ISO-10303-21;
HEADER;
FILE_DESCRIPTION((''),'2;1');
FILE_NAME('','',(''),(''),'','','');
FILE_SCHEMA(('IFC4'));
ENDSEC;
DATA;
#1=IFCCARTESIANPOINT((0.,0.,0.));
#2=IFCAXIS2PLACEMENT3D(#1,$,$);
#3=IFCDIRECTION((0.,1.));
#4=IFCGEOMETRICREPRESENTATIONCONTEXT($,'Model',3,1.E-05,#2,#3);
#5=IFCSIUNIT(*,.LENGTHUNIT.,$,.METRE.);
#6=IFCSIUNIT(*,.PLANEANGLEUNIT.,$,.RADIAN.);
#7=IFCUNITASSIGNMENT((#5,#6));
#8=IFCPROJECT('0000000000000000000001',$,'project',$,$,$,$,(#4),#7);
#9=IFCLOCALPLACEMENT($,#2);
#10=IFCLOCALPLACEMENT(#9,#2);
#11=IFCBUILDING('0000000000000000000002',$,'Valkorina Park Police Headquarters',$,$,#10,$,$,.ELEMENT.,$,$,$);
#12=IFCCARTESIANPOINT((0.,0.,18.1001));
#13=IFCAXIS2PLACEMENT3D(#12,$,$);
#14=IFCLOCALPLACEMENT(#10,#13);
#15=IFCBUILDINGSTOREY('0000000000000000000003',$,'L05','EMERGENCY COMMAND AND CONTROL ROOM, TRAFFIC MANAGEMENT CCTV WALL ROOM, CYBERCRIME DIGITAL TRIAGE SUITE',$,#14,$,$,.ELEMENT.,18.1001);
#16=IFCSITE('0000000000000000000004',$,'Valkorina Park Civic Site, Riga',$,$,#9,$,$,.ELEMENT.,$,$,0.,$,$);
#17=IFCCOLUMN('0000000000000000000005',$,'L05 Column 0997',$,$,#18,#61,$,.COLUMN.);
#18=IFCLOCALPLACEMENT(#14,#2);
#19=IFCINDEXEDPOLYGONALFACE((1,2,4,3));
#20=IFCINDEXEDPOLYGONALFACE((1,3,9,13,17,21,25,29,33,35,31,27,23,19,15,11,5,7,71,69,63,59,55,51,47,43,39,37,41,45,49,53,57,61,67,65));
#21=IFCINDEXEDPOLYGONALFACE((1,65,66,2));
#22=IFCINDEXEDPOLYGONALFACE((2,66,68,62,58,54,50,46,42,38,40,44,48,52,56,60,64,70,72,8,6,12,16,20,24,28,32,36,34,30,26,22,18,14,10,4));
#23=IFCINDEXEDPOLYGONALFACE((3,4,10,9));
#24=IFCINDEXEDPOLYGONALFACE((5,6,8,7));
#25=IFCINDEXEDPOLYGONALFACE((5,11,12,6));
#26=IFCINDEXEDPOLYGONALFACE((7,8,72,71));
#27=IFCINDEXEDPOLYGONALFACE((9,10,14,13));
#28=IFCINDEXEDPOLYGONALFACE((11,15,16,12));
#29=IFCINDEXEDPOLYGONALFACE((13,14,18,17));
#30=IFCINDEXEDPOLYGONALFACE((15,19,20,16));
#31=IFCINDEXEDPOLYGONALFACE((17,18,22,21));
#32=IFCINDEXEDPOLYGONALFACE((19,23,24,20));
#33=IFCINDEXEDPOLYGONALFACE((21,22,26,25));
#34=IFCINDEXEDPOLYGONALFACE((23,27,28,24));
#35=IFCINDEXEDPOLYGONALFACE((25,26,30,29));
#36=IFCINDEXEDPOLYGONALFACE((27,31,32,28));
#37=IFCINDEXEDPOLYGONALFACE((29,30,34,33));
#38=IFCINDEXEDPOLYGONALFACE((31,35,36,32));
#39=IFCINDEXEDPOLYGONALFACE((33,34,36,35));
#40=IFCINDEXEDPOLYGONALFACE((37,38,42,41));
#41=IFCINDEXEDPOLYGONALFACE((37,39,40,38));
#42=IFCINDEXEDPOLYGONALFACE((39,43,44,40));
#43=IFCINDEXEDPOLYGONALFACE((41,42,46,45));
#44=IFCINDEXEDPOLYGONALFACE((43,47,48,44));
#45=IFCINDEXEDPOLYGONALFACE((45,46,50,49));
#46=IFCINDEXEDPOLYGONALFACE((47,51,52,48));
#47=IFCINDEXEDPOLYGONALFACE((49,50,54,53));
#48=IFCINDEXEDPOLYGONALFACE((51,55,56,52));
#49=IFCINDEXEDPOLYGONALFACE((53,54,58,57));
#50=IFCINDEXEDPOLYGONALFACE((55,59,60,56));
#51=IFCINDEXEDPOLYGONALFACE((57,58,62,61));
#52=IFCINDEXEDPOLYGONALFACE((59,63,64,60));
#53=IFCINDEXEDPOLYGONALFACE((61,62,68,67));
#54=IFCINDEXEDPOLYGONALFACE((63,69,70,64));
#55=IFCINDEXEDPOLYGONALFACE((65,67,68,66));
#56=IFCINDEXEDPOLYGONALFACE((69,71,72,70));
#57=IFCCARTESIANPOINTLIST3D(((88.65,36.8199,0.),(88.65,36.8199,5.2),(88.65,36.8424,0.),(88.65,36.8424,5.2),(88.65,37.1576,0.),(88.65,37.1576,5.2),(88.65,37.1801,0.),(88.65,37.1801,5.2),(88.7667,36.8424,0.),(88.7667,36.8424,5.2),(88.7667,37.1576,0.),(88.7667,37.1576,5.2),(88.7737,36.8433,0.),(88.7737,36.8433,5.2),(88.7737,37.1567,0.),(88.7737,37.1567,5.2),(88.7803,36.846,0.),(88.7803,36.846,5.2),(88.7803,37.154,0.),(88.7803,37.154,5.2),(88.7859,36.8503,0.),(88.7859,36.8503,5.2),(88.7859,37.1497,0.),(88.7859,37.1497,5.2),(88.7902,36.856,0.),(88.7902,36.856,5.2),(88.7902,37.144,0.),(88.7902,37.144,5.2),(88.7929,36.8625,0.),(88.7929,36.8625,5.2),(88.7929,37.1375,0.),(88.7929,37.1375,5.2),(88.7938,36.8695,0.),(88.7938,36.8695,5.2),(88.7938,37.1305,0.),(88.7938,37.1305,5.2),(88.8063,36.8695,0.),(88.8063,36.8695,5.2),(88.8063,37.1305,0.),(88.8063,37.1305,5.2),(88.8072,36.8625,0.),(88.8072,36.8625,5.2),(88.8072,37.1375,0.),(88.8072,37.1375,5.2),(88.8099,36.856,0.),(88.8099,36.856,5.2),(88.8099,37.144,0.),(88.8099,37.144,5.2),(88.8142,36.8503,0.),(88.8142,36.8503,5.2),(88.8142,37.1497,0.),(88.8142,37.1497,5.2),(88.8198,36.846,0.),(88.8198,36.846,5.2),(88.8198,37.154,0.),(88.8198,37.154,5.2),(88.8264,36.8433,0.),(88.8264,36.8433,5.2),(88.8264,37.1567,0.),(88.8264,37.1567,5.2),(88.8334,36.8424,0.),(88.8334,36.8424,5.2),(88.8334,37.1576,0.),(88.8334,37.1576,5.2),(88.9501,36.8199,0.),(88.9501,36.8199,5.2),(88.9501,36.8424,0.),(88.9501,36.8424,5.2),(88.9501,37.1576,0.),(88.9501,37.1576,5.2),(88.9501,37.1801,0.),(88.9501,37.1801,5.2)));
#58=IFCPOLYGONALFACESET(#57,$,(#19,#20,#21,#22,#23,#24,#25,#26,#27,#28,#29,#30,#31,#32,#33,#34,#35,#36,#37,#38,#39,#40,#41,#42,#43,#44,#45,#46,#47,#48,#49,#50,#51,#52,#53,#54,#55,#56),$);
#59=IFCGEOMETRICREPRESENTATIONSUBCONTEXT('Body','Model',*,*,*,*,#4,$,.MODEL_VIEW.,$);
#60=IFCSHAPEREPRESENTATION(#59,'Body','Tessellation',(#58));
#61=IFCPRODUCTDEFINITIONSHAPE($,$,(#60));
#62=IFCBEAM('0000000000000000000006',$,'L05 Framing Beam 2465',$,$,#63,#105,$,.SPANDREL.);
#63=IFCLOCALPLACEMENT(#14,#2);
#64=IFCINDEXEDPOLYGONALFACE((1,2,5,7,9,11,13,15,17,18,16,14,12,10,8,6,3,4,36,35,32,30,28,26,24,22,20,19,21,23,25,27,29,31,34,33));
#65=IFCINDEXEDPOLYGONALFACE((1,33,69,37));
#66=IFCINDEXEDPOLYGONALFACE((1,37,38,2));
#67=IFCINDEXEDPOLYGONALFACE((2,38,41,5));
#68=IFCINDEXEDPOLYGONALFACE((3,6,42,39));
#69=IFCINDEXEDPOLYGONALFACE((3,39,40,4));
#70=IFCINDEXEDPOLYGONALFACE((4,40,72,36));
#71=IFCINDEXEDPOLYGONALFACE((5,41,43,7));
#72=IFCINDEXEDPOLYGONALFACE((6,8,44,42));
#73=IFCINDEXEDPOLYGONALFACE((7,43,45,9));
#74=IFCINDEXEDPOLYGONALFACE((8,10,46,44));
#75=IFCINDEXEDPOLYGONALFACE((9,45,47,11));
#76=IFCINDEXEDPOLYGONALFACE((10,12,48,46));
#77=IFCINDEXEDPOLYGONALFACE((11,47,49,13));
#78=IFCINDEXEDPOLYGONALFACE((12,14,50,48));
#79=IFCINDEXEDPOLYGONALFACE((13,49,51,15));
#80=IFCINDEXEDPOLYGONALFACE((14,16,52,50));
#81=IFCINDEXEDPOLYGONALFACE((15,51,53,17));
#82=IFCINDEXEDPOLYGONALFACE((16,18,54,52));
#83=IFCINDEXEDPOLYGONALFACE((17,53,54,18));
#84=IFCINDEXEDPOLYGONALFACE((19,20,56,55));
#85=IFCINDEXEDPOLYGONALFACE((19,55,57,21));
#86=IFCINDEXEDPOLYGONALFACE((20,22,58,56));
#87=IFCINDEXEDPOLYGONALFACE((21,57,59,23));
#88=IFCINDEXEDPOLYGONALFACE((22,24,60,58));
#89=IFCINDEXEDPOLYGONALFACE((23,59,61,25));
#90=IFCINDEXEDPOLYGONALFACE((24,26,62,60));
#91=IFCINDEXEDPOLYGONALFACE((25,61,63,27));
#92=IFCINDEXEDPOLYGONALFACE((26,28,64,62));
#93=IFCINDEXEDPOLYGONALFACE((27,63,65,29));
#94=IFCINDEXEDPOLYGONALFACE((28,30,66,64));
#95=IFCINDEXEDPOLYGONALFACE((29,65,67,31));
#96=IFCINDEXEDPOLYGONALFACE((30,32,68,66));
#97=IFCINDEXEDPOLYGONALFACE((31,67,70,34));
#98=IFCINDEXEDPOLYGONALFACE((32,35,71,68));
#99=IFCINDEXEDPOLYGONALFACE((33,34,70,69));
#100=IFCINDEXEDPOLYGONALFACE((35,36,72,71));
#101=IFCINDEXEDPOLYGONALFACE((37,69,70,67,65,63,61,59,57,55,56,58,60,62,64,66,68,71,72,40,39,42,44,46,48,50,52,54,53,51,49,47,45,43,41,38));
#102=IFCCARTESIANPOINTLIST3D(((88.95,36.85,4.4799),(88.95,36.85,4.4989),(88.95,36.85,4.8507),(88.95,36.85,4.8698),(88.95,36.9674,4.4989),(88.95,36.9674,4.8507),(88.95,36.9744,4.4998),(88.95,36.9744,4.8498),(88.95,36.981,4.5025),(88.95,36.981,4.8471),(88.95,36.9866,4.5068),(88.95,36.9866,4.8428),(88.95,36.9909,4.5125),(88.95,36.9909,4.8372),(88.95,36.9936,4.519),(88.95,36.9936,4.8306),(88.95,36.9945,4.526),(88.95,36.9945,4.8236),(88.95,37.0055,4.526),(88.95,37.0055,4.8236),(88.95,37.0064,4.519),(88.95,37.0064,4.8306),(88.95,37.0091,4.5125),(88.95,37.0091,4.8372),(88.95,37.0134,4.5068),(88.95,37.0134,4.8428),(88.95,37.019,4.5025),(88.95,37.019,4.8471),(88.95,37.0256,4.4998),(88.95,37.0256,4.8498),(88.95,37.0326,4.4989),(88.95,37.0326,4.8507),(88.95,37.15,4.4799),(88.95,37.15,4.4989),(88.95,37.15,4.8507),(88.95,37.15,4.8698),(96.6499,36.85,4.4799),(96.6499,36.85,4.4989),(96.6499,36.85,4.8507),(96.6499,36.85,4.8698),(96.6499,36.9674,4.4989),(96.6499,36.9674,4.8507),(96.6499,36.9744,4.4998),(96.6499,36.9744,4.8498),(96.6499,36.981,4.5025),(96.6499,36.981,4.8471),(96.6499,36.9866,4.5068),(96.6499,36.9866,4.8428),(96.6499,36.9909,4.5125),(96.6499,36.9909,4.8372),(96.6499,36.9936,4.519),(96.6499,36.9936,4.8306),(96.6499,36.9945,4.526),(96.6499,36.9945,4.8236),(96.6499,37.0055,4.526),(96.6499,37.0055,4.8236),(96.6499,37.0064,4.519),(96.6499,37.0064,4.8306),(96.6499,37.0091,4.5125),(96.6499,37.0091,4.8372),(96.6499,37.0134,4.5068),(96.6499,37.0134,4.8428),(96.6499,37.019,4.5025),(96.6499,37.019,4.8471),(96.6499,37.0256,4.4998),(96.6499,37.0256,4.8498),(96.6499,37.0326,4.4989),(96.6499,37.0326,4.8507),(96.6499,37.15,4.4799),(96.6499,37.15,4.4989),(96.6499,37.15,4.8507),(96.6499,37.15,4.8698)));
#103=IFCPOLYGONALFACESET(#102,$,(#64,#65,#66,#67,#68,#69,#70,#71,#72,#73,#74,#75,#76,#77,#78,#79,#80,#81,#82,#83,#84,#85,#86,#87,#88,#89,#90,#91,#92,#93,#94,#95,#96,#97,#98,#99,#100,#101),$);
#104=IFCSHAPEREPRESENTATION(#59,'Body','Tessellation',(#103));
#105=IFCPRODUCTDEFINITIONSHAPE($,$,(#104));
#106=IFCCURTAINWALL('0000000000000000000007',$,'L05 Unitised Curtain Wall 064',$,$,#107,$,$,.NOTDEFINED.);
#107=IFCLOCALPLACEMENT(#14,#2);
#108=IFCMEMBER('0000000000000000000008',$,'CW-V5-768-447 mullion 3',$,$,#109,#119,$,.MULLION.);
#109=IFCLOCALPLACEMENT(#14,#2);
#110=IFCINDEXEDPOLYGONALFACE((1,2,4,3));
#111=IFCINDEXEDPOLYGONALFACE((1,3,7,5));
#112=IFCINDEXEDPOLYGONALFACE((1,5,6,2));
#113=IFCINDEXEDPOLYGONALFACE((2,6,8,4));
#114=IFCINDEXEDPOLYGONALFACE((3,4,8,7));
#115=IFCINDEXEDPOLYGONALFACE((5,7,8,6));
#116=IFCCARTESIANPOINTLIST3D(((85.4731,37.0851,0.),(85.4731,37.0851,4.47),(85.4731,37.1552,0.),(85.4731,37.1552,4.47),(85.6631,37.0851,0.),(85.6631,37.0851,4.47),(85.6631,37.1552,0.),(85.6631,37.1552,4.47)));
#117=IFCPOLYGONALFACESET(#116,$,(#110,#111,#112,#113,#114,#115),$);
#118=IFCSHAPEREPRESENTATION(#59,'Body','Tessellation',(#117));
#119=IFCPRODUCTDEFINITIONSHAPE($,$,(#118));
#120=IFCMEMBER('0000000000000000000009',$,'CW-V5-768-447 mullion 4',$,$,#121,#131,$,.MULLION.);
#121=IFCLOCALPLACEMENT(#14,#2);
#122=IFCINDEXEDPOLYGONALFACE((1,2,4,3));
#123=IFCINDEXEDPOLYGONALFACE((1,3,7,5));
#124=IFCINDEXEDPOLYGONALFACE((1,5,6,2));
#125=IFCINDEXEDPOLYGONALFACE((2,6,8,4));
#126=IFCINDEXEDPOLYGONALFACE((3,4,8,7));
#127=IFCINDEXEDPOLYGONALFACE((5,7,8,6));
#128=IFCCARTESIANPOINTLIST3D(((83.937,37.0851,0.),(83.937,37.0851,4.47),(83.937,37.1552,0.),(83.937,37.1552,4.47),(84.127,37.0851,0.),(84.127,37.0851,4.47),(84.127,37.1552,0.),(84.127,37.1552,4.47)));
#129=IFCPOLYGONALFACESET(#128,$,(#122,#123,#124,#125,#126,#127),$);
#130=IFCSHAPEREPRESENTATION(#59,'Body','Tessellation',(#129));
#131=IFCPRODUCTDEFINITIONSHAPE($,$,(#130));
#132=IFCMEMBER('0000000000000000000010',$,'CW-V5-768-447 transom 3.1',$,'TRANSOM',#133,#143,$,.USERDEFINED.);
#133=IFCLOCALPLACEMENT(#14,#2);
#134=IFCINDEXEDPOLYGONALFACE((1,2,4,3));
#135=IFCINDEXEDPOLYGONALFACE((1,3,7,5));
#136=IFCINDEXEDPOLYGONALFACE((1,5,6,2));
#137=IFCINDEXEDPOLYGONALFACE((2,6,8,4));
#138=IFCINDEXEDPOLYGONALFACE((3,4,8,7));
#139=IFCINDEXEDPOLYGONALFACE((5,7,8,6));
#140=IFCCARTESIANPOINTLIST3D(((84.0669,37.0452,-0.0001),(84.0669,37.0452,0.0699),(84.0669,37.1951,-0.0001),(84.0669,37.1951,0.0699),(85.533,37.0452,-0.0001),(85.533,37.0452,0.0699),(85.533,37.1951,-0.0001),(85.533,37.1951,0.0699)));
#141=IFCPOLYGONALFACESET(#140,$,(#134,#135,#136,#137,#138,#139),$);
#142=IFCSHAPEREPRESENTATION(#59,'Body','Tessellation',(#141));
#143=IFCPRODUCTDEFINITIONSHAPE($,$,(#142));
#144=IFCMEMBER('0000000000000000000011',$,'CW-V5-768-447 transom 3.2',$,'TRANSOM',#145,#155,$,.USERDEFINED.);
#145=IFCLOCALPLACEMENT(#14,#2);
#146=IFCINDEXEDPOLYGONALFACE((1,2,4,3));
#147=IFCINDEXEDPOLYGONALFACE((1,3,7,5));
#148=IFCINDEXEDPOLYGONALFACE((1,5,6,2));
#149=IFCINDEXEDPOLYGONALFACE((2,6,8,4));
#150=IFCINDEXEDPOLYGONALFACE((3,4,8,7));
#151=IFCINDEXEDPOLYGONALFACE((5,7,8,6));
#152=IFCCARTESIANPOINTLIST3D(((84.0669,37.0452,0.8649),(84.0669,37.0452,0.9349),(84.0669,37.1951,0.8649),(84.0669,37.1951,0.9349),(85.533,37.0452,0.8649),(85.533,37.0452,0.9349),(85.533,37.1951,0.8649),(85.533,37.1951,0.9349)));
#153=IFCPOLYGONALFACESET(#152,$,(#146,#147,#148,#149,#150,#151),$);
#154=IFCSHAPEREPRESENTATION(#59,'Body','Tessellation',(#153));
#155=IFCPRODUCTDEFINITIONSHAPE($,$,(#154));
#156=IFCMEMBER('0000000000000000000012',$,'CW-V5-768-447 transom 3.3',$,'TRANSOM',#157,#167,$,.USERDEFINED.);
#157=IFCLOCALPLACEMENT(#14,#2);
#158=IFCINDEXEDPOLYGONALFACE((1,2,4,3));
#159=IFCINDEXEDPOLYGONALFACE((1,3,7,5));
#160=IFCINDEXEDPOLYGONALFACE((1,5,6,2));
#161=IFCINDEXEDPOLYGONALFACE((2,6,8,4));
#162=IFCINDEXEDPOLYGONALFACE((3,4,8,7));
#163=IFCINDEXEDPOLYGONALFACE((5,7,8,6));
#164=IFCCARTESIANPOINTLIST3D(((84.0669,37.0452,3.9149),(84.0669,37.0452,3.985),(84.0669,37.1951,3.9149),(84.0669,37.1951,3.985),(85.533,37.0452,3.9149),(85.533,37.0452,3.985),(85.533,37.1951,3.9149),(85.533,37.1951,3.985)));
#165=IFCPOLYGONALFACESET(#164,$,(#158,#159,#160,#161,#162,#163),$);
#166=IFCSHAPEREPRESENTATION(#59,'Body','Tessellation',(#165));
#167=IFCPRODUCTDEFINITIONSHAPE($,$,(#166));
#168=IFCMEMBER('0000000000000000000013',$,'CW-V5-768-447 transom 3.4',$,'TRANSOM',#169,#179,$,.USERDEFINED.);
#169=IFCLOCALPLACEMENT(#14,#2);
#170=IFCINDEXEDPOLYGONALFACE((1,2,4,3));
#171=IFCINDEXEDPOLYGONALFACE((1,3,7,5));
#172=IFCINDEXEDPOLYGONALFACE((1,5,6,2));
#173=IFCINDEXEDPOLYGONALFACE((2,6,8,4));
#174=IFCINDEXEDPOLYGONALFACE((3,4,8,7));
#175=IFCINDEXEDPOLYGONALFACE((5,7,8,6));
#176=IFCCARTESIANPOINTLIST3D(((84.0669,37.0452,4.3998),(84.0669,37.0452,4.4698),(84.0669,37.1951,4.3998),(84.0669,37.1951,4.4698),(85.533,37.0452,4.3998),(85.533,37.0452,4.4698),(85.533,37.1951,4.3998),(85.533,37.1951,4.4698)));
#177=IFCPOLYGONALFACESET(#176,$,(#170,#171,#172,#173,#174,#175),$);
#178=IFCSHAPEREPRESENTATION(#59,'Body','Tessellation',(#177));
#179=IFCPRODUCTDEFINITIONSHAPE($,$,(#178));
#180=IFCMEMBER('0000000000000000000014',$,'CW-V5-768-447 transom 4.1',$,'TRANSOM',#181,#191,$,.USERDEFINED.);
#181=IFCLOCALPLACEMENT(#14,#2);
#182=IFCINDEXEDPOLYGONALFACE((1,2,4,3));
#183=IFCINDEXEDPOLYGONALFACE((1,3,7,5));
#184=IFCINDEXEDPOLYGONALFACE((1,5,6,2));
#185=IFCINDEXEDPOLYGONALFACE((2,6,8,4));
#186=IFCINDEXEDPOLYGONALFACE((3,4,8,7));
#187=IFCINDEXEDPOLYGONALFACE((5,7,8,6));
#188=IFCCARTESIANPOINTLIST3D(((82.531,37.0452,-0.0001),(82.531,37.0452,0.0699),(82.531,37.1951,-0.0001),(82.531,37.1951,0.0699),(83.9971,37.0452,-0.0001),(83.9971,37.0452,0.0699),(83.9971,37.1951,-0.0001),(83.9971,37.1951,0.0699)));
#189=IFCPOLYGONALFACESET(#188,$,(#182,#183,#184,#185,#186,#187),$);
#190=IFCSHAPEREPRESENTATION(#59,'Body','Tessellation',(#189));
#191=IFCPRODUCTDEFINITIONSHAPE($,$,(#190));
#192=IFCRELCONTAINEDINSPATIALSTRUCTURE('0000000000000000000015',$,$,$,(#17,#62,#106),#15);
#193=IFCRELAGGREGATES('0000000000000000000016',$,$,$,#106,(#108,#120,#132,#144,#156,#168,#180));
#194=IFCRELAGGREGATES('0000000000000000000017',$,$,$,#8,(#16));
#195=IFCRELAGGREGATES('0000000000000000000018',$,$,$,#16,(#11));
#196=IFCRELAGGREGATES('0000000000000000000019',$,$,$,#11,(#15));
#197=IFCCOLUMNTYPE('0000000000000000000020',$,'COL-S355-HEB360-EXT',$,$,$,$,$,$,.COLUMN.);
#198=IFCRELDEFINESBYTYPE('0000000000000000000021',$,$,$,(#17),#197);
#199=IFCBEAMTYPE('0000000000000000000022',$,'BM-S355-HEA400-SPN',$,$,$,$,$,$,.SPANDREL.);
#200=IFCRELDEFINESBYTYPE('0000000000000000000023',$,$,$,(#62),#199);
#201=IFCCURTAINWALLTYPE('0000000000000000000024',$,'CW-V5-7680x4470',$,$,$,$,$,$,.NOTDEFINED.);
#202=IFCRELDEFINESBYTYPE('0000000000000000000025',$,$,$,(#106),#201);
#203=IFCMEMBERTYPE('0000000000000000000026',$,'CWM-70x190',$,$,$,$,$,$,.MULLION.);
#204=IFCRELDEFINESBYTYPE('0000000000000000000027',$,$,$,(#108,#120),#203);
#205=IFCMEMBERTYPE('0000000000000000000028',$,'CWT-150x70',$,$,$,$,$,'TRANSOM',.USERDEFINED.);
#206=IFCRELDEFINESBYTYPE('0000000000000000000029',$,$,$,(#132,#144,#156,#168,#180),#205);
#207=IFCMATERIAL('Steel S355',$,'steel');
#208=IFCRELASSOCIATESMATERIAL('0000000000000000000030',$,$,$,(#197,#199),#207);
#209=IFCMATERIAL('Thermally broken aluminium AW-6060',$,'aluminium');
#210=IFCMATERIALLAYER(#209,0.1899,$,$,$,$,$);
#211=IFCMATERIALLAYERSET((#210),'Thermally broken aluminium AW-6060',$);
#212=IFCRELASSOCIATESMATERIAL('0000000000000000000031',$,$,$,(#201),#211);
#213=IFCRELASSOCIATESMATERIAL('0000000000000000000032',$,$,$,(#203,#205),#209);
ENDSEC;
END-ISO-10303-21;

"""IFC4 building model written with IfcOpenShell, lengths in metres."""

from ifc_helpers import new_model, si_unit, direction, frame, origin, origin_2d, place, context, subcontext, project, spatial, rectangle, i_section, extrude, material, layer, layer_set, material_profile, profile_set, type_object, element, aggregate, save


model = new_model("IFC4")

# Units and contexts
model_context = context("Model", 3, precision=1e-05, world=origin(), true_north=direction((0.0, 1.0)))
body_context = subcontext(model_context, "Body", "Model", "MODEL_VIEW")
ifc_project = project(units=[si_unit("LENGTHUNIT", "METRE"), si_unit("PLANEANGLEUNIT", "RADIAN")], contexts=[model_context])

# Site, building, storey
site_placement = place(None, origin())
site = spatial("IfcSite", under=ifc_project, at=site_placement, Name="Valkorina Park Civic Site, Riga", CompositionType="ELEMENT", RefElevation=0.0)
building_placement = place(site_placement, origin())
building = spatial("IfcBuilding", under=site, at=building_placement, Name="Valkorina Park Police Headquarters", CompositionType="ELEMENT")
storey_placement = place(building_placement, frame((0.0, 0.0, 18.1001)))
storey = spatial("IfcBuildingStorey", under=building, at=storey_placement, Name="L05", Description="EMERGENCY COMMAND AND CONTROL ROOM, TRAFFIC MANAGEMENT CCTV WALL ROOM, CYBERCRIME DIGITAL TRIAGE SUITE", CompositionType="ELEMENT", Elevation=18.1001)

# Column
ifc_material_1 = material(Name="Steel S355", Category="steel")
ifc_material_profile_1 = material_profile(ifc_material_1, i_section(OverallWidth=0.3, OverallDepth=0.3601, WebThickness=0.0125, FlangeThickness=0.0225, FilletRadius=0.0271, at=origin_2d()), Name="HEB 360")
ifc_profile_set_1 = profile_set([ifc_material_profile_1], Name="Steel S355")
column_type = type_object("IfcColumnType", Name="COL-S355-HEB360-EXT", PredefinedType="COLUMN", material=ifc_profile_set_1)
column_placement = place(storey_placement, frame((88.8, 37.0, 0.0), z_axis=(0.0, 0.0, 1.0), x_axis=(1.0, 0.0, 0.0)))
element("IfcColumn", 1, at=column_placement, inside=storey, type_object=column_type, Name="L05 Column 0997", PredefinedType="COLUMN", context=body_context, shape_type="SweptSolid", body=[
    extrude(i_section(OverallWidth=0.3, OverallDepth=0.3601, WebThickness=0.0125, FlangeThickness=0.0225, FilletRadius=0.0271, at=origin_2d()), origin(), (0.0, 0.0, 1.0), 5.2),
])

# Beam
ifc_material_profile_2 = material_profile(ifc_material_1, i_section(OverallWidth=0.3, OverallDepth=0.3899, WebThickness=0.011, FlangeThickness=0.019, FilletRadius=0.0271, at=origin_2d()), Name="HEA 400")
ifc_profile_set_2 = profile_set([ifc_material_profile_2], Name="Steel S355")
beam_type = type_object("IfcBeamType", Name="BM-S355-HEA400-SPN", PredefinedType="SPANDREL", material=ifc_profile_set_2)
beam_placement = place(storey_placement, frame((88.95, 37.0, 4.6748), z_axis=(1.0, 0.0, 0.0), x_axis=(0.0, 1.0, 0.0)))
element("IfcBeam", 2, at=beam_placement, inside=storey, type_object=beam_type, Name="L05 Framing Beam 2465", PredefinedType="SPANDREL", context=body_context, shape_type="SweptSolid", body=[
    extrude(i_section(OverallWidth=0.3, OverallDepth=0.3899, WebThickness=0.011, FlangeThickness=0.019, FilletRadius=0.0271, at=origin_2d()), origin(), (0.0, 0.0, 1.0), 7.7),
])

# Curtain wall, members
ifc_material_2 = material(Name="Thermally broken aluminium AW-6060", Category="aluminium")
ifc_layer_1 = layer(ifc_material_2, 0.1899)
ifc_layer_set_1 = layer_set([ifc_layer_1], Name="Thermally broken aluminium AW-6060")
curtain_wall_type = type_object("IfcCurtainWallType", Name="CW-V5-7680x4470", PredefinedType="NOTDEFINED", material=ifc_layer_set_1)
curtain_wall_placement = place(storey_placement, origin())
curtain_wall = element("IfcCurtainWall", 3, at=curtain_wall_placement, inside=storey, type_object=curtain_wall_type, Name="L05 Unitised Curtain Wall 064", PredefinedType="NOTDEFINED")
ifc_material_profile_3 = material_profile(ifc_material_2, rectangle(XDim=0.0701, YDim=0.1899, at=origin_2d()), Name="CWM-02 70x190")
ifc_profile_set_3 = profile_set([ifc_material_profile_3], Name="Thermally broken aluminium AW-6060")
member_type_1 = type_object("IfcMemberType", Name="CWM-70x190", PredefinedType="MULLION", material=ifc_profile_set_3)
member_1_placement = place(storey_placement, frame((85.5681, 37.1201, 0.0), z_axis=(0.0, 0.0, 1.0), x_axis=(0.0, -1.0, 0.0)))
member_1 = element("IfcMember", 4, at=member_1_placement, type_object=member_type_1, Name="CW-V5-768-447 mullion 3", PredefinedType="MULLION", context=body_context, shape_type="SweptSolid", body=[
    extrude(rectangle(XDim=0.0701, YDim=0.1899, at=origin_2d()), origin(), (0.0, 0.0, 1.0), 4.47),
])
member_2_placement = place(storey_placement, frame((84.032, 37.1201, 0.0), z_axis=(0.0, 0.0, 1.0), x_axis=(0.0, -1.0, 0.0)))
member_2 = element("IfcMember", 5, at=member_2_placement, type_object=member_type_1, Name="CW-V5-768-447 mullion 4", PredefinedType="MULLION", context=body_context, shape_type="SweptSolid", body=[
    extrude(rectangle(XDim=0.0701, YDim=0.1899, at=origin_2d()), origin(), (0.0, 0.0, 1.0), 4.47),
])
ifc_material_profile_4 = material_profile(ifc_material_2, rectangle(XDim=0.1499, YDim=0.0701, at=origin_2d()), Name="CWT-02 150x70")
ifc_profile_set_4 = profile_set([ifc_material_profile_4], Name="Thermally broken aluminium AW-6060")
member_type_2 = type_object("IfcMemberType", Name="CWT-150x70", ElementType="TRANSOM", PredefinedType="USERDEFINED", material=ifc_profile_set_4)
member_3_placement = place(storey_placement, frame((85.533, 37.1201, 0.0349), z_axis=(-1.0, 0.0, 0.0), x_axis=(0.0, -1.0, 0.0)))
member_3 = element("IfcMember", 6, at=member_3_placement, type_object=member_type_2, Name="CW-V5-768-447 transom 3.1", ObjectType="TRANSOM", PredefinedType="USERDEFINED", context=body_context, shape_type="SweptSolid", body=[
    extrude(rectangle(XDim=0.1499, YDim=0.0701, at=origin_2d()), origin(), (0.0, 0.0, 1.0), 1.4661),
])
member_4_placement = place(storey_placement, frame((85.533, 37.1201, 0.8999), z_axis=(-1.0, 0.0, 0.0), x_axis=(0.0, -1.0, 0.0)))
member_4 = element("IfcMember", 7, at=member_4_placement, type_object=member_type_2, Name="CW-V5-768-447 transom 3.2", ObjectType="TRANSOM", PredefinedType="USERDEFINED", context=body_context, shape_type="SweptSolid", body=[
    extrude(rectangle(XDim=0.1499, YDim=0.0701, at=origin_2d()), origin(), (0.0, 0.0, 1.0), 1.4661),
])
member_5_placement = place(storey_placement, frame((85.533, 37.1201, 3.95), z_axis=(-1.0, 0.0, 0.0), x_axis=(0.0, -1.0, 0.0)))
member_5 = element("IfcMember", 8, at=member_5_placement, type_object=member_type_2, Name="CW-V5-768-447 transom 3.3", ObjectType="TRANSOM", PredefinedType="USERDEFINED", context=body_context, shape_type="SweptSolid", body=[
    extrude(rectangle(XDim=0.1499, YDim=0.0701, at=origin_2d()), origin(), (0.0, 0.0, 1.0), 1.4661),
])
member_6_placement = place(storey_placement, frame((85.533, 37.1201, 4.4348), z_axis=(-1.0, 0.0, 0.0), x_axis=(0.0, -1.0, 0.0)))
member_6 = element("IfcMember", 9, at=member_6_placement, type_object=member_type_2, Name="CW-V5-768-447 transom 3.4", ObjectType="TRANSOM", PredefinedType="USERDEFINED", context=body_context, shape_type="SweptSolid", body=[
    extrude(rectangle(XDim=0.1499, YDim=0.0701, at=origin_2d()), origin(), (0.0, 0.0, 1.0), 1.4661),
])
member_7_placement = place(storey_placement, frame((83.9971, 37.1201, 0.0349), z_axis=(-1.0, 0.0, 0.0), x_axis=(0.0, -1.0, 0.0)))
member_7 = element("IfcMember", 10, at=member_7_placement, type_object=member_type_2, Name="CW-V5-768-447 transom 4.1", ObjectType="TRANSOM", PredefinedType="USERDEFINED", context=body_context, shape_type="SweptSolid", body=[
    extrude(rectangle(XDim=0.1499, YDim=0.0701, at=origin_2d()), origin(), (0.0, 0.0, 1.0), 1.4661),
])
aggregate(curtain_wall, [member_1, member_2, member_3, member_4, member_5, member_6, member_7])

save(model, "model.ifc")
